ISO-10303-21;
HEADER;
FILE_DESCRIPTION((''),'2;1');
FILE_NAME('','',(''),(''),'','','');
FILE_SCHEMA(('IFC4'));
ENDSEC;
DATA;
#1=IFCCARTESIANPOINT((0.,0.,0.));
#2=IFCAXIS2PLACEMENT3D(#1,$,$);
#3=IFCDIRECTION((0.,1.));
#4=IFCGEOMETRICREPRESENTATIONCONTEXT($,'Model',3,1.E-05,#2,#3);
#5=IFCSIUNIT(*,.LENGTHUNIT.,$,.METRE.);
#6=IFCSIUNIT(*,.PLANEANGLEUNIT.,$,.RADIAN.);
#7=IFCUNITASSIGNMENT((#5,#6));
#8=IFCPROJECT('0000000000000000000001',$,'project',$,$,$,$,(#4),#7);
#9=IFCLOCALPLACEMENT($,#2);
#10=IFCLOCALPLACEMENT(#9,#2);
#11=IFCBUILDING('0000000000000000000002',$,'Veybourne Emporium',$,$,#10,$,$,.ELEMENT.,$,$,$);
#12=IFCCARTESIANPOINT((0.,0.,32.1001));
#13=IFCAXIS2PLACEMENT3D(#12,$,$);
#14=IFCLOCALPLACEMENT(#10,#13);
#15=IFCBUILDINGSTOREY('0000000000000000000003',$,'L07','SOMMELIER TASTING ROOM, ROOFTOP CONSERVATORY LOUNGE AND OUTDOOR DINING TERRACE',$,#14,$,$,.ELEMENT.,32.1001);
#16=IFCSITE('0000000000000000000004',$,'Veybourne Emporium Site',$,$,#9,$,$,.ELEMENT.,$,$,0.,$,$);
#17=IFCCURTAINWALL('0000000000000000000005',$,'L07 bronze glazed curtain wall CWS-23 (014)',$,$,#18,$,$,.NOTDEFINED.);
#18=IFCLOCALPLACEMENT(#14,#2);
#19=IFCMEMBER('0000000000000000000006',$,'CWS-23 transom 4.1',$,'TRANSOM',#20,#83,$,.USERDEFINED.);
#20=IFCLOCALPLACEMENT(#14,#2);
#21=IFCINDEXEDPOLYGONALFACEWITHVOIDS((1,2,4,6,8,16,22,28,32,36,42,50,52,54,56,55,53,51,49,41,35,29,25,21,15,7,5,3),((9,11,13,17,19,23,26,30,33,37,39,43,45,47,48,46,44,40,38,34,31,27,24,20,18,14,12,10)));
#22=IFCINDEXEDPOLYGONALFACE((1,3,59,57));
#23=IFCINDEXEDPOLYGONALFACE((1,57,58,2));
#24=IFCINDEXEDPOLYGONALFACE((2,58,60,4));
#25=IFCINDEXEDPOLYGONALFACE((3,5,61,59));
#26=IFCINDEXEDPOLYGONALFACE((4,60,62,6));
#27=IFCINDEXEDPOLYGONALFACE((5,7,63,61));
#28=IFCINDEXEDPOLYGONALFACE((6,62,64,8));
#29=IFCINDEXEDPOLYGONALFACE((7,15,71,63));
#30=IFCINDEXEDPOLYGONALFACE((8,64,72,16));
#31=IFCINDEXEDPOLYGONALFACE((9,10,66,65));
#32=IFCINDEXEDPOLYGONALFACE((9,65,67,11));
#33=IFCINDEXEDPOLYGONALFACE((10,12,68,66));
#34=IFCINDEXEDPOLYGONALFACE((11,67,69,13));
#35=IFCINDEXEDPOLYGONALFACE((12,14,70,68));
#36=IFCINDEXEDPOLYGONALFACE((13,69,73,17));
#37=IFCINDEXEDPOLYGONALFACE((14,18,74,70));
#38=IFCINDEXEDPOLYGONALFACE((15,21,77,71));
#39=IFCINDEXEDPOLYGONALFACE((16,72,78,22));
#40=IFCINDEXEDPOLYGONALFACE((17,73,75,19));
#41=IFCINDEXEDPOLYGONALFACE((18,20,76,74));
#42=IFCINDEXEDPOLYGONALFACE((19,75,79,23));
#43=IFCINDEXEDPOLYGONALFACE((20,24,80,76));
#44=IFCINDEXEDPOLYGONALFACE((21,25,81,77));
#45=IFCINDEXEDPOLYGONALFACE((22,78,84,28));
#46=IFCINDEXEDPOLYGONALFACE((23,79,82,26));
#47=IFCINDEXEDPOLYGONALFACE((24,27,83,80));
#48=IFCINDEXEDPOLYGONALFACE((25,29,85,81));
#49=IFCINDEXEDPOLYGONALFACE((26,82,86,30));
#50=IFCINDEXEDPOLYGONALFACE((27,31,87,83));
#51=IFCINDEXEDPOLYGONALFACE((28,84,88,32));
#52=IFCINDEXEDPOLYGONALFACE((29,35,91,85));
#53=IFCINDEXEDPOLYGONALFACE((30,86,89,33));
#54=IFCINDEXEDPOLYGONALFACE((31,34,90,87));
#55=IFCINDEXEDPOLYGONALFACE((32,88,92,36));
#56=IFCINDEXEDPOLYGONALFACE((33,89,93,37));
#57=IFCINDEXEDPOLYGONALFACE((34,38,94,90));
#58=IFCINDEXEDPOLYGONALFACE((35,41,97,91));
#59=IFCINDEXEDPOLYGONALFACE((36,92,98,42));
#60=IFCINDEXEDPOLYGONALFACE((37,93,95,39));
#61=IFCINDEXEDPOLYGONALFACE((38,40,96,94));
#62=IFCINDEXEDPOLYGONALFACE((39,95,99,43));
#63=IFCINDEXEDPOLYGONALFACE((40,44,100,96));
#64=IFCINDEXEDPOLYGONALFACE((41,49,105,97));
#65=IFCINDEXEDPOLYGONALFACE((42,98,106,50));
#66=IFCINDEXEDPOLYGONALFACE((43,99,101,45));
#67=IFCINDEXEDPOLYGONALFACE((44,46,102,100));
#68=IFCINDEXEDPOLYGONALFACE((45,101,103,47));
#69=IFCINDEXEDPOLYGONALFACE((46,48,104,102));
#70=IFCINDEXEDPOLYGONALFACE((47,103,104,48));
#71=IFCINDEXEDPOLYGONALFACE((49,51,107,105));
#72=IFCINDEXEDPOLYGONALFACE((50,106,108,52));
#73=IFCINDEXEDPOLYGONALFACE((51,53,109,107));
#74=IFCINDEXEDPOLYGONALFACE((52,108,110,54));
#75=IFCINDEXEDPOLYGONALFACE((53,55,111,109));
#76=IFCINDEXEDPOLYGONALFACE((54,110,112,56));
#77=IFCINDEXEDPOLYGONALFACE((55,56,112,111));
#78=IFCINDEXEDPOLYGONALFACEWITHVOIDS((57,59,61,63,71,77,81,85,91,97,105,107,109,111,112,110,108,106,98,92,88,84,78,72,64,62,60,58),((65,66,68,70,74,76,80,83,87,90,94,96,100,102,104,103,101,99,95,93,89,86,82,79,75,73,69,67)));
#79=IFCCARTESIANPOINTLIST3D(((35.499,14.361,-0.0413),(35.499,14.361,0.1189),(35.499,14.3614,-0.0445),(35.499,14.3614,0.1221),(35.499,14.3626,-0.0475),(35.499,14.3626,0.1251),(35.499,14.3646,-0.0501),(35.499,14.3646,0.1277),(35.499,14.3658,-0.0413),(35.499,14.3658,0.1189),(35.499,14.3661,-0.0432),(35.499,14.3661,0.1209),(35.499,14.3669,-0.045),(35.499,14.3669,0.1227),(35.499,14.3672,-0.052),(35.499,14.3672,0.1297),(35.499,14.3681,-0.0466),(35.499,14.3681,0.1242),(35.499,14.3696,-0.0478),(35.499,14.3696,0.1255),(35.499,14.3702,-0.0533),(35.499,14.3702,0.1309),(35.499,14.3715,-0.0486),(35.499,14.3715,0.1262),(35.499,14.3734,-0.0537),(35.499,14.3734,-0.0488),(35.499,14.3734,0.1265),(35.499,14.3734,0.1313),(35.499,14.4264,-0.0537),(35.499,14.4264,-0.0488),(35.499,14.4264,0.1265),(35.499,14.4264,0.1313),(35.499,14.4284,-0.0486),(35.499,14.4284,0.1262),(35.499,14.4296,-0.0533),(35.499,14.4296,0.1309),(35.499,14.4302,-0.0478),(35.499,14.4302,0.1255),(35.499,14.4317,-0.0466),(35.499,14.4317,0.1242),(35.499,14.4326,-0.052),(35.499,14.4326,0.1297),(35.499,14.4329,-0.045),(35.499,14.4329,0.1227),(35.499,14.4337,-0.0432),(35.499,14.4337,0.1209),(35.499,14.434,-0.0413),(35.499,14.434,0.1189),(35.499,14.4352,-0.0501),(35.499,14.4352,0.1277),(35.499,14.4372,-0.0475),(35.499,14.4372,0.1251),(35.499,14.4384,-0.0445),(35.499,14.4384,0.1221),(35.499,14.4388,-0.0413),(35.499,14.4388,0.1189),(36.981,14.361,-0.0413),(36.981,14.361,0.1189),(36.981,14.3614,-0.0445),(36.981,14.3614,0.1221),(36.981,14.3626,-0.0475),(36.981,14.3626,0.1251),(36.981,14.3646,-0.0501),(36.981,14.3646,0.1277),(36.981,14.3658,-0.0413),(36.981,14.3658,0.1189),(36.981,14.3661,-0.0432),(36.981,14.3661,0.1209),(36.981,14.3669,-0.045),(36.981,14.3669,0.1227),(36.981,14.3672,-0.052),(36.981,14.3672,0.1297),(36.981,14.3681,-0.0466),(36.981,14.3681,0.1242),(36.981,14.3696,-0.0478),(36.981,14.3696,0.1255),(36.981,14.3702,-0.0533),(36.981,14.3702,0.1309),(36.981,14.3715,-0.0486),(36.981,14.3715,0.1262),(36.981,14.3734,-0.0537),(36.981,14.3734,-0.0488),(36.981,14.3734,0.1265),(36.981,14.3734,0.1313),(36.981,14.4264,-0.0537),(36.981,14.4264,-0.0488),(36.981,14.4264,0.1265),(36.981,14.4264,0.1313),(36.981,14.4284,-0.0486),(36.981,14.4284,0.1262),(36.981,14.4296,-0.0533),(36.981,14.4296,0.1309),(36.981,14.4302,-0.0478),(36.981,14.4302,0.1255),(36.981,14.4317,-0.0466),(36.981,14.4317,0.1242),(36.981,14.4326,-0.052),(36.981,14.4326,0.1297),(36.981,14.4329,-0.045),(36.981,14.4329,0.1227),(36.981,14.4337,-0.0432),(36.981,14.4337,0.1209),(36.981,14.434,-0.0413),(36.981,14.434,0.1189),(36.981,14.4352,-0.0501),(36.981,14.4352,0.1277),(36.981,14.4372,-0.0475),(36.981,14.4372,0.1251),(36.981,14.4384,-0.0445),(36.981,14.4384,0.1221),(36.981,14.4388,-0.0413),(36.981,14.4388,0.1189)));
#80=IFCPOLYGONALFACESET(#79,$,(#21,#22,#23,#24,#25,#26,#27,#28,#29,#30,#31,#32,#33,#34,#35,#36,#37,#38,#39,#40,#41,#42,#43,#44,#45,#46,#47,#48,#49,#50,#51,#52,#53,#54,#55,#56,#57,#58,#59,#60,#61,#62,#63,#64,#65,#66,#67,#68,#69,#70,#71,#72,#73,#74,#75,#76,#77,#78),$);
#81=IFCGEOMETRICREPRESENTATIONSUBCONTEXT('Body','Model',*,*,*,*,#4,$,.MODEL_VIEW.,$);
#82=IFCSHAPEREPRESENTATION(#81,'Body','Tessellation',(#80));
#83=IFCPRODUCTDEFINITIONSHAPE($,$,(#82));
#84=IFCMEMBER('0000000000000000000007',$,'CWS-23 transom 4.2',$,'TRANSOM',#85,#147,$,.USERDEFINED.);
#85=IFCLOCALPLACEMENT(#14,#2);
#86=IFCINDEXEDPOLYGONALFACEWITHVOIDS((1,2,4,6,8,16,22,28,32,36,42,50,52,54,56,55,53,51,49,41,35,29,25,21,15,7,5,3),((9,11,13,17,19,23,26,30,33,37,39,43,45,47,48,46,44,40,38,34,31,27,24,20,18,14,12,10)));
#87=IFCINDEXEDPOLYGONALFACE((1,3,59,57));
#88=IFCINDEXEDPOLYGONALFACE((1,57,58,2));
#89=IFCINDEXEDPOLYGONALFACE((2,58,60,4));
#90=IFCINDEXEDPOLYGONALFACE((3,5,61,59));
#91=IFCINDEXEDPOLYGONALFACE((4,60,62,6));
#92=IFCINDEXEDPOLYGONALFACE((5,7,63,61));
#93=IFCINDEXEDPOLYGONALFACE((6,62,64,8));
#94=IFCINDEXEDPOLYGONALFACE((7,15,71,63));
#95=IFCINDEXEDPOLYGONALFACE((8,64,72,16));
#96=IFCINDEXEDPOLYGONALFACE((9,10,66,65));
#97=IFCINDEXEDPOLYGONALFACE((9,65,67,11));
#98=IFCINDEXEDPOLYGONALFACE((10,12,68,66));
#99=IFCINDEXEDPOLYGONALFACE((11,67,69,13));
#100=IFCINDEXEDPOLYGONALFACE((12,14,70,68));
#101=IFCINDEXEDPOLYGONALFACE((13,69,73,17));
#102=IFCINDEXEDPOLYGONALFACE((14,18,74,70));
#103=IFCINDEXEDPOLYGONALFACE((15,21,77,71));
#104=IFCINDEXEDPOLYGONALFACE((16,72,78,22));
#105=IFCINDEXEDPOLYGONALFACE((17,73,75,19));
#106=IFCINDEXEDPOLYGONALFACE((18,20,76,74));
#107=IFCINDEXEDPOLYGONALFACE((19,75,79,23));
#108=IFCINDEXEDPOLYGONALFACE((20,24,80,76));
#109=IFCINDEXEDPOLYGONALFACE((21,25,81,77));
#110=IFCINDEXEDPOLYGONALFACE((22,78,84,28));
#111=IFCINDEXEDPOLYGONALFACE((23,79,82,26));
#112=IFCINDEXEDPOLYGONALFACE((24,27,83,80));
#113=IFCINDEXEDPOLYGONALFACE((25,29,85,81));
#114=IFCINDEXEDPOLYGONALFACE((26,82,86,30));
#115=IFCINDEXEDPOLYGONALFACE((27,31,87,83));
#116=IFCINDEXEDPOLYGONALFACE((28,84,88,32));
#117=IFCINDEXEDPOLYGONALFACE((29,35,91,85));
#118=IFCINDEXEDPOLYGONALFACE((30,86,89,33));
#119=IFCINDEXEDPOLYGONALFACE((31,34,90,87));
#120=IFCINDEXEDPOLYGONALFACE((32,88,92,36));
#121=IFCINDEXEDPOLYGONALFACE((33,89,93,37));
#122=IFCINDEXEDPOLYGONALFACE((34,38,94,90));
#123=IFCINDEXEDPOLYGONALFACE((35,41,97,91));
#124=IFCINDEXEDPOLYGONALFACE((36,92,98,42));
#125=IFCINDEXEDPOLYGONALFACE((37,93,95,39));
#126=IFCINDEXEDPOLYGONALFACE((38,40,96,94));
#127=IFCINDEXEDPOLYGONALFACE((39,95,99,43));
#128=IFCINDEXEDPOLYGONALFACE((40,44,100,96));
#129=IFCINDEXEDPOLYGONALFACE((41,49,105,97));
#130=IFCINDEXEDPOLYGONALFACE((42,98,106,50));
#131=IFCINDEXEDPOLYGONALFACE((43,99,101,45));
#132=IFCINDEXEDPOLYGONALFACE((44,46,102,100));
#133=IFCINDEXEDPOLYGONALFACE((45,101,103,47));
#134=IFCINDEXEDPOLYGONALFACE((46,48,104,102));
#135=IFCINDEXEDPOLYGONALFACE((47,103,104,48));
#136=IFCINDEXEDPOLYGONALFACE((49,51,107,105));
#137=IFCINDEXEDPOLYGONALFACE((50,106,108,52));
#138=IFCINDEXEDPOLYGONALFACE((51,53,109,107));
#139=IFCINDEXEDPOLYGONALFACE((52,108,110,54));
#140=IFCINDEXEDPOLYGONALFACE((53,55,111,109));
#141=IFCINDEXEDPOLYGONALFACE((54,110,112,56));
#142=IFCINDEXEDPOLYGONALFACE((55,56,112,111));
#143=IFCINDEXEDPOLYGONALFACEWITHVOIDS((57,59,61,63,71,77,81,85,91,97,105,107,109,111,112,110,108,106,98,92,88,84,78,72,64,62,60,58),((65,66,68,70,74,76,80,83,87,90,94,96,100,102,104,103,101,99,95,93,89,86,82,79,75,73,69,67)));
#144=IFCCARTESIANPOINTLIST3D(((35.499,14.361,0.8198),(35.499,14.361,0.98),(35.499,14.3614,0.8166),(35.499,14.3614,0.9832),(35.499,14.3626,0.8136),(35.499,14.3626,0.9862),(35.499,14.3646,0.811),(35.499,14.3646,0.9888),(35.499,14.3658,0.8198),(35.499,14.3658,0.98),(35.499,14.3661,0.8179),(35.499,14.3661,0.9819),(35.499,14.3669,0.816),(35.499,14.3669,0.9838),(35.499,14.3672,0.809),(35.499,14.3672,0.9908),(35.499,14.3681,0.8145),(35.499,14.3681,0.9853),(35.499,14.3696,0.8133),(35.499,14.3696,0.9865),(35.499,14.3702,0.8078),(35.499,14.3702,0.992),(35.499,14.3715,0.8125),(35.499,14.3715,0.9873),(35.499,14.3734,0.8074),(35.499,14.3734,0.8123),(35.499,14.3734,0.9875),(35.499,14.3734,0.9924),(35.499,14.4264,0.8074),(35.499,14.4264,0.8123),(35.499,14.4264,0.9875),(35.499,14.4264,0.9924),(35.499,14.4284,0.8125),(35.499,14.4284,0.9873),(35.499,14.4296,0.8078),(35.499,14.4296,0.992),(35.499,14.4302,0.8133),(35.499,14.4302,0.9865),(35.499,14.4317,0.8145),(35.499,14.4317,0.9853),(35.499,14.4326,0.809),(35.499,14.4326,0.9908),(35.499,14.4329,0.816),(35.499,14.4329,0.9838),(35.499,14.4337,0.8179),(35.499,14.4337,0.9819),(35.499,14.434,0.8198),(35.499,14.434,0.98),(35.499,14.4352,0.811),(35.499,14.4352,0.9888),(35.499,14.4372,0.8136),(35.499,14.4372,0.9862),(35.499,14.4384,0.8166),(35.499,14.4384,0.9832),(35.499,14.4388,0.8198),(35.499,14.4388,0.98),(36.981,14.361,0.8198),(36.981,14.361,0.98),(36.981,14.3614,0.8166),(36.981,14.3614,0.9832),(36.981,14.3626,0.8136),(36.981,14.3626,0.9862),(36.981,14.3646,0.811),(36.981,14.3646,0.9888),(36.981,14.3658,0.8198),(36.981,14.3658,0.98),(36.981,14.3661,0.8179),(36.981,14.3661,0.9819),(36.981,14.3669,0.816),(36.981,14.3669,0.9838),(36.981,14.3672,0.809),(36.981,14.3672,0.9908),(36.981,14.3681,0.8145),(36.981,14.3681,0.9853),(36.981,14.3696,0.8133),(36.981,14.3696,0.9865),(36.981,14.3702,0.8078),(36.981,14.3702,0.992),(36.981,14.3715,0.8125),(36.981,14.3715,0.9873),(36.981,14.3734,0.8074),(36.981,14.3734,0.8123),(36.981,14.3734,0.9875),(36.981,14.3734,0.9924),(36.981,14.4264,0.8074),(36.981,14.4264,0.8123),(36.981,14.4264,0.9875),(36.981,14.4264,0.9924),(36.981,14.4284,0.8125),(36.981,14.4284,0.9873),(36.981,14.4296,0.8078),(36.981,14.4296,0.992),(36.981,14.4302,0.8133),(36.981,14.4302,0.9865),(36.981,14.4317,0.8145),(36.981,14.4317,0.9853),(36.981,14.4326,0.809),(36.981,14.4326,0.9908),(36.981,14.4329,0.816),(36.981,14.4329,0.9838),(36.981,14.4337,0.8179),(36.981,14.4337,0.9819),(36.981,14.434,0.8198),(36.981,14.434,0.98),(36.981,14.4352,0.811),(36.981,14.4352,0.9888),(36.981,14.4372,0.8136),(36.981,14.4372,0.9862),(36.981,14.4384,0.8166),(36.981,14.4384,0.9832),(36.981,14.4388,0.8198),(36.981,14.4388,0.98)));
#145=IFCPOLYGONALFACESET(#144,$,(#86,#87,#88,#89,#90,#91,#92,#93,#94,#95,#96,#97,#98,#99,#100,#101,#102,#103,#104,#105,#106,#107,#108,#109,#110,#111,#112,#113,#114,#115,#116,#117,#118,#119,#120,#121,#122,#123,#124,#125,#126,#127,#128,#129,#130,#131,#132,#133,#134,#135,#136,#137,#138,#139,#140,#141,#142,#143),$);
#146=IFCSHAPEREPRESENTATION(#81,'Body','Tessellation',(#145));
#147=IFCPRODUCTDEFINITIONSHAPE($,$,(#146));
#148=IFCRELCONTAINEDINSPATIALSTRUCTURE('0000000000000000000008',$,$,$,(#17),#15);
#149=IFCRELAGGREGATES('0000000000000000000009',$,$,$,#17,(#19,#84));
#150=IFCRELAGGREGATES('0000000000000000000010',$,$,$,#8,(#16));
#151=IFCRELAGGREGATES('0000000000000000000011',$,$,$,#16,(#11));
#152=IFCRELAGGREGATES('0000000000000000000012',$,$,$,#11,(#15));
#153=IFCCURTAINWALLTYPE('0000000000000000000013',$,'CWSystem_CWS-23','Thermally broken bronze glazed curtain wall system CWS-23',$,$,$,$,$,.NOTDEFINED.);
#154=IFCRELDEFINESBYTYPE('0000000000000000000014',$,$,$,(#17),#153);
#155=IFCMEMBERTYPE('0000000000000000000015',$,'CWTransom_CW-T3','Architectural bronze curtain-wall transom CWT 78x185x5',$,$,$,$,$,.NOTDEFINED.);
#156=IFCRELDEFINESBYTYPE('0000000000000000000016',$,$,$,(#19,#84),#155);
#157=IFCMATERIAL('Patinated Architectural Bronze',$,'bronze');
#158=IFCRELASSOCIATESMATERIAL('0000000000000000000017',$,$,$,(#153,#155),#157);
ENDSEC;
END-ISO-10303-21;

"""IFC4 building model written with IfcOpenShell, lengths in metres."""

from ifc_helpers import new_model, si_unit, direction, frame, origin, origin_2d, place, context, subcontext, project, spatial, hollow_rectangle, extrude, material, material_profile, profile_set, type_object, element, aggregate, save


model = new_model("IFC4")

# Units and contexts
model_context = context("Model", 3, precision=1e-05, world=origin(), true_north=direction((0.0, 1.0)))
body_context = subcontext(model_context, "Body", "Model", "MODEL_VIEW")
ifc_project = project(units=[si_unit("LENGTHUNIT", "METRE"), si_unit("PLANEANGLEUNIT", "RADIAN")], contexts=[model_context])

# Site, building, storey
site_placement = place(None, origin())
site = spatial("IfcSite", under=ifc_project, at=site_placement, Name="Veybourne Emporium Site", CompositionType="ELEMENT", RefElevation=0.0)
building_placement = place(site_placement, origin())
building = spatial("IfcBuilding", under=site, at=building_placement, Name="Veybourne Emporium", CompositionType="ELEMENT")
storey_placement = place(building_placement, frame((0.0, 0.0, 32.1001)))
storey = spatial("IfcBuildingStorey", under=building, at=storey_placement, Name="L07", Description="SOMMELIER TASTING ROOM, ROOFTOP CONSERVATORY LOUNGE AND OUTDOOR DINING TERRACE", CompositionType="ELEMENT", Elevation=32.1001)

# Curtain wall, members
ifc_material_1 = material(Name="Patinated Architectural Bronze", Category="bronze")
curtain_wall_type = type_object("IfcCurtainWallType", Name="CWSystem_CWS-23", Description="Thermally broken bronze glazed curtain wall system CWS-23", PredefinedType="NOTDEFINED", material=ifc_material_1)
curtain_wall_placement = place(storey_placement, origin())
curtain_wall = element("IfcCurtainWall", 1, at=curtain_wall_placement, inside=storey, type_object=curtain_wall_type, Name="L07 bronze glazed curtain wall CWS-23 (014)", PredefinedType="NOTDEFINED")
ifc_material_profile_1 = material_profile(ifc_material_1, hollow_rectangle(XDim=0.0779, YDim=0.1851, WallThickness=0.0049, InnerFilletRadius=0.0076, OuterFilletRadius=0.0125, at=origin_2d()), Name="CWT 78x185x5")
ifc_profile_set_1 = profile_set([ifc_material_profile_1], Name="Patinated Architectural Bronze")
member_type_1 = type_object("IfcMemberType", Name="CWTransom_CW-T3", Description="Architectural bronze curtain-wall transom CWT 78x185x5", PredefinedType="NOTDEFINED", material=ifc_profile_set_1)
member_1_placement = place(storey_placement, frame((36.981, 14.3999, 0.0388), z_axis=(-1.0, 0.0, 0.0), x_axis=(0.0, -1.0, 0.0)))
member_1 = element("IfcMember", 2, at=member_1_placement, type_object=member_type_1, Name="CWS-23 transom 4.1", ObjectType="TRANSOM", PredefinedType="USERDEFINED", context=body_context, shape_type="SweptSolid", body=[
    extrude(hollow_rectangle(XDim=0.0779, YDim=0.1851, WallThickness=0.0049, InnerFilletRadius=0.0076, OuterFilletRadius=0.0125, at=origin_2d()), origin(), (0.0, 0.0, 1.0), 1.4819),
])
member_2_placement = place(storey_placement, frame((36.981, 14.3999, 0.8999), z_axis=(-1.0, 0.0, 0.0), x_axis=(0.0, -1.0, 0.0)))
member_2 = element("IfcMember", 3, at=member_2_placement, type_object=member_type_1, Name="CWS-23 transom 4.2", ObjectType="TRANSOM", PredefinedType="USERDEFINED", context=body_context, shape_type="SweptSolid", body=[
    extrude(hollow_rectangle(XDim=0.0779, YDim=0.1851, WallThickness=0.0049, InnerFilletRadius=0.0076, OuterFilletRadius=0.0125, at=origin_2d()), origin(), (0.0, 0.0, 1.0), 1.4819),
])

aggregate(curtain_wall, [member_1, member_2])

save(model, "model.ifc")
